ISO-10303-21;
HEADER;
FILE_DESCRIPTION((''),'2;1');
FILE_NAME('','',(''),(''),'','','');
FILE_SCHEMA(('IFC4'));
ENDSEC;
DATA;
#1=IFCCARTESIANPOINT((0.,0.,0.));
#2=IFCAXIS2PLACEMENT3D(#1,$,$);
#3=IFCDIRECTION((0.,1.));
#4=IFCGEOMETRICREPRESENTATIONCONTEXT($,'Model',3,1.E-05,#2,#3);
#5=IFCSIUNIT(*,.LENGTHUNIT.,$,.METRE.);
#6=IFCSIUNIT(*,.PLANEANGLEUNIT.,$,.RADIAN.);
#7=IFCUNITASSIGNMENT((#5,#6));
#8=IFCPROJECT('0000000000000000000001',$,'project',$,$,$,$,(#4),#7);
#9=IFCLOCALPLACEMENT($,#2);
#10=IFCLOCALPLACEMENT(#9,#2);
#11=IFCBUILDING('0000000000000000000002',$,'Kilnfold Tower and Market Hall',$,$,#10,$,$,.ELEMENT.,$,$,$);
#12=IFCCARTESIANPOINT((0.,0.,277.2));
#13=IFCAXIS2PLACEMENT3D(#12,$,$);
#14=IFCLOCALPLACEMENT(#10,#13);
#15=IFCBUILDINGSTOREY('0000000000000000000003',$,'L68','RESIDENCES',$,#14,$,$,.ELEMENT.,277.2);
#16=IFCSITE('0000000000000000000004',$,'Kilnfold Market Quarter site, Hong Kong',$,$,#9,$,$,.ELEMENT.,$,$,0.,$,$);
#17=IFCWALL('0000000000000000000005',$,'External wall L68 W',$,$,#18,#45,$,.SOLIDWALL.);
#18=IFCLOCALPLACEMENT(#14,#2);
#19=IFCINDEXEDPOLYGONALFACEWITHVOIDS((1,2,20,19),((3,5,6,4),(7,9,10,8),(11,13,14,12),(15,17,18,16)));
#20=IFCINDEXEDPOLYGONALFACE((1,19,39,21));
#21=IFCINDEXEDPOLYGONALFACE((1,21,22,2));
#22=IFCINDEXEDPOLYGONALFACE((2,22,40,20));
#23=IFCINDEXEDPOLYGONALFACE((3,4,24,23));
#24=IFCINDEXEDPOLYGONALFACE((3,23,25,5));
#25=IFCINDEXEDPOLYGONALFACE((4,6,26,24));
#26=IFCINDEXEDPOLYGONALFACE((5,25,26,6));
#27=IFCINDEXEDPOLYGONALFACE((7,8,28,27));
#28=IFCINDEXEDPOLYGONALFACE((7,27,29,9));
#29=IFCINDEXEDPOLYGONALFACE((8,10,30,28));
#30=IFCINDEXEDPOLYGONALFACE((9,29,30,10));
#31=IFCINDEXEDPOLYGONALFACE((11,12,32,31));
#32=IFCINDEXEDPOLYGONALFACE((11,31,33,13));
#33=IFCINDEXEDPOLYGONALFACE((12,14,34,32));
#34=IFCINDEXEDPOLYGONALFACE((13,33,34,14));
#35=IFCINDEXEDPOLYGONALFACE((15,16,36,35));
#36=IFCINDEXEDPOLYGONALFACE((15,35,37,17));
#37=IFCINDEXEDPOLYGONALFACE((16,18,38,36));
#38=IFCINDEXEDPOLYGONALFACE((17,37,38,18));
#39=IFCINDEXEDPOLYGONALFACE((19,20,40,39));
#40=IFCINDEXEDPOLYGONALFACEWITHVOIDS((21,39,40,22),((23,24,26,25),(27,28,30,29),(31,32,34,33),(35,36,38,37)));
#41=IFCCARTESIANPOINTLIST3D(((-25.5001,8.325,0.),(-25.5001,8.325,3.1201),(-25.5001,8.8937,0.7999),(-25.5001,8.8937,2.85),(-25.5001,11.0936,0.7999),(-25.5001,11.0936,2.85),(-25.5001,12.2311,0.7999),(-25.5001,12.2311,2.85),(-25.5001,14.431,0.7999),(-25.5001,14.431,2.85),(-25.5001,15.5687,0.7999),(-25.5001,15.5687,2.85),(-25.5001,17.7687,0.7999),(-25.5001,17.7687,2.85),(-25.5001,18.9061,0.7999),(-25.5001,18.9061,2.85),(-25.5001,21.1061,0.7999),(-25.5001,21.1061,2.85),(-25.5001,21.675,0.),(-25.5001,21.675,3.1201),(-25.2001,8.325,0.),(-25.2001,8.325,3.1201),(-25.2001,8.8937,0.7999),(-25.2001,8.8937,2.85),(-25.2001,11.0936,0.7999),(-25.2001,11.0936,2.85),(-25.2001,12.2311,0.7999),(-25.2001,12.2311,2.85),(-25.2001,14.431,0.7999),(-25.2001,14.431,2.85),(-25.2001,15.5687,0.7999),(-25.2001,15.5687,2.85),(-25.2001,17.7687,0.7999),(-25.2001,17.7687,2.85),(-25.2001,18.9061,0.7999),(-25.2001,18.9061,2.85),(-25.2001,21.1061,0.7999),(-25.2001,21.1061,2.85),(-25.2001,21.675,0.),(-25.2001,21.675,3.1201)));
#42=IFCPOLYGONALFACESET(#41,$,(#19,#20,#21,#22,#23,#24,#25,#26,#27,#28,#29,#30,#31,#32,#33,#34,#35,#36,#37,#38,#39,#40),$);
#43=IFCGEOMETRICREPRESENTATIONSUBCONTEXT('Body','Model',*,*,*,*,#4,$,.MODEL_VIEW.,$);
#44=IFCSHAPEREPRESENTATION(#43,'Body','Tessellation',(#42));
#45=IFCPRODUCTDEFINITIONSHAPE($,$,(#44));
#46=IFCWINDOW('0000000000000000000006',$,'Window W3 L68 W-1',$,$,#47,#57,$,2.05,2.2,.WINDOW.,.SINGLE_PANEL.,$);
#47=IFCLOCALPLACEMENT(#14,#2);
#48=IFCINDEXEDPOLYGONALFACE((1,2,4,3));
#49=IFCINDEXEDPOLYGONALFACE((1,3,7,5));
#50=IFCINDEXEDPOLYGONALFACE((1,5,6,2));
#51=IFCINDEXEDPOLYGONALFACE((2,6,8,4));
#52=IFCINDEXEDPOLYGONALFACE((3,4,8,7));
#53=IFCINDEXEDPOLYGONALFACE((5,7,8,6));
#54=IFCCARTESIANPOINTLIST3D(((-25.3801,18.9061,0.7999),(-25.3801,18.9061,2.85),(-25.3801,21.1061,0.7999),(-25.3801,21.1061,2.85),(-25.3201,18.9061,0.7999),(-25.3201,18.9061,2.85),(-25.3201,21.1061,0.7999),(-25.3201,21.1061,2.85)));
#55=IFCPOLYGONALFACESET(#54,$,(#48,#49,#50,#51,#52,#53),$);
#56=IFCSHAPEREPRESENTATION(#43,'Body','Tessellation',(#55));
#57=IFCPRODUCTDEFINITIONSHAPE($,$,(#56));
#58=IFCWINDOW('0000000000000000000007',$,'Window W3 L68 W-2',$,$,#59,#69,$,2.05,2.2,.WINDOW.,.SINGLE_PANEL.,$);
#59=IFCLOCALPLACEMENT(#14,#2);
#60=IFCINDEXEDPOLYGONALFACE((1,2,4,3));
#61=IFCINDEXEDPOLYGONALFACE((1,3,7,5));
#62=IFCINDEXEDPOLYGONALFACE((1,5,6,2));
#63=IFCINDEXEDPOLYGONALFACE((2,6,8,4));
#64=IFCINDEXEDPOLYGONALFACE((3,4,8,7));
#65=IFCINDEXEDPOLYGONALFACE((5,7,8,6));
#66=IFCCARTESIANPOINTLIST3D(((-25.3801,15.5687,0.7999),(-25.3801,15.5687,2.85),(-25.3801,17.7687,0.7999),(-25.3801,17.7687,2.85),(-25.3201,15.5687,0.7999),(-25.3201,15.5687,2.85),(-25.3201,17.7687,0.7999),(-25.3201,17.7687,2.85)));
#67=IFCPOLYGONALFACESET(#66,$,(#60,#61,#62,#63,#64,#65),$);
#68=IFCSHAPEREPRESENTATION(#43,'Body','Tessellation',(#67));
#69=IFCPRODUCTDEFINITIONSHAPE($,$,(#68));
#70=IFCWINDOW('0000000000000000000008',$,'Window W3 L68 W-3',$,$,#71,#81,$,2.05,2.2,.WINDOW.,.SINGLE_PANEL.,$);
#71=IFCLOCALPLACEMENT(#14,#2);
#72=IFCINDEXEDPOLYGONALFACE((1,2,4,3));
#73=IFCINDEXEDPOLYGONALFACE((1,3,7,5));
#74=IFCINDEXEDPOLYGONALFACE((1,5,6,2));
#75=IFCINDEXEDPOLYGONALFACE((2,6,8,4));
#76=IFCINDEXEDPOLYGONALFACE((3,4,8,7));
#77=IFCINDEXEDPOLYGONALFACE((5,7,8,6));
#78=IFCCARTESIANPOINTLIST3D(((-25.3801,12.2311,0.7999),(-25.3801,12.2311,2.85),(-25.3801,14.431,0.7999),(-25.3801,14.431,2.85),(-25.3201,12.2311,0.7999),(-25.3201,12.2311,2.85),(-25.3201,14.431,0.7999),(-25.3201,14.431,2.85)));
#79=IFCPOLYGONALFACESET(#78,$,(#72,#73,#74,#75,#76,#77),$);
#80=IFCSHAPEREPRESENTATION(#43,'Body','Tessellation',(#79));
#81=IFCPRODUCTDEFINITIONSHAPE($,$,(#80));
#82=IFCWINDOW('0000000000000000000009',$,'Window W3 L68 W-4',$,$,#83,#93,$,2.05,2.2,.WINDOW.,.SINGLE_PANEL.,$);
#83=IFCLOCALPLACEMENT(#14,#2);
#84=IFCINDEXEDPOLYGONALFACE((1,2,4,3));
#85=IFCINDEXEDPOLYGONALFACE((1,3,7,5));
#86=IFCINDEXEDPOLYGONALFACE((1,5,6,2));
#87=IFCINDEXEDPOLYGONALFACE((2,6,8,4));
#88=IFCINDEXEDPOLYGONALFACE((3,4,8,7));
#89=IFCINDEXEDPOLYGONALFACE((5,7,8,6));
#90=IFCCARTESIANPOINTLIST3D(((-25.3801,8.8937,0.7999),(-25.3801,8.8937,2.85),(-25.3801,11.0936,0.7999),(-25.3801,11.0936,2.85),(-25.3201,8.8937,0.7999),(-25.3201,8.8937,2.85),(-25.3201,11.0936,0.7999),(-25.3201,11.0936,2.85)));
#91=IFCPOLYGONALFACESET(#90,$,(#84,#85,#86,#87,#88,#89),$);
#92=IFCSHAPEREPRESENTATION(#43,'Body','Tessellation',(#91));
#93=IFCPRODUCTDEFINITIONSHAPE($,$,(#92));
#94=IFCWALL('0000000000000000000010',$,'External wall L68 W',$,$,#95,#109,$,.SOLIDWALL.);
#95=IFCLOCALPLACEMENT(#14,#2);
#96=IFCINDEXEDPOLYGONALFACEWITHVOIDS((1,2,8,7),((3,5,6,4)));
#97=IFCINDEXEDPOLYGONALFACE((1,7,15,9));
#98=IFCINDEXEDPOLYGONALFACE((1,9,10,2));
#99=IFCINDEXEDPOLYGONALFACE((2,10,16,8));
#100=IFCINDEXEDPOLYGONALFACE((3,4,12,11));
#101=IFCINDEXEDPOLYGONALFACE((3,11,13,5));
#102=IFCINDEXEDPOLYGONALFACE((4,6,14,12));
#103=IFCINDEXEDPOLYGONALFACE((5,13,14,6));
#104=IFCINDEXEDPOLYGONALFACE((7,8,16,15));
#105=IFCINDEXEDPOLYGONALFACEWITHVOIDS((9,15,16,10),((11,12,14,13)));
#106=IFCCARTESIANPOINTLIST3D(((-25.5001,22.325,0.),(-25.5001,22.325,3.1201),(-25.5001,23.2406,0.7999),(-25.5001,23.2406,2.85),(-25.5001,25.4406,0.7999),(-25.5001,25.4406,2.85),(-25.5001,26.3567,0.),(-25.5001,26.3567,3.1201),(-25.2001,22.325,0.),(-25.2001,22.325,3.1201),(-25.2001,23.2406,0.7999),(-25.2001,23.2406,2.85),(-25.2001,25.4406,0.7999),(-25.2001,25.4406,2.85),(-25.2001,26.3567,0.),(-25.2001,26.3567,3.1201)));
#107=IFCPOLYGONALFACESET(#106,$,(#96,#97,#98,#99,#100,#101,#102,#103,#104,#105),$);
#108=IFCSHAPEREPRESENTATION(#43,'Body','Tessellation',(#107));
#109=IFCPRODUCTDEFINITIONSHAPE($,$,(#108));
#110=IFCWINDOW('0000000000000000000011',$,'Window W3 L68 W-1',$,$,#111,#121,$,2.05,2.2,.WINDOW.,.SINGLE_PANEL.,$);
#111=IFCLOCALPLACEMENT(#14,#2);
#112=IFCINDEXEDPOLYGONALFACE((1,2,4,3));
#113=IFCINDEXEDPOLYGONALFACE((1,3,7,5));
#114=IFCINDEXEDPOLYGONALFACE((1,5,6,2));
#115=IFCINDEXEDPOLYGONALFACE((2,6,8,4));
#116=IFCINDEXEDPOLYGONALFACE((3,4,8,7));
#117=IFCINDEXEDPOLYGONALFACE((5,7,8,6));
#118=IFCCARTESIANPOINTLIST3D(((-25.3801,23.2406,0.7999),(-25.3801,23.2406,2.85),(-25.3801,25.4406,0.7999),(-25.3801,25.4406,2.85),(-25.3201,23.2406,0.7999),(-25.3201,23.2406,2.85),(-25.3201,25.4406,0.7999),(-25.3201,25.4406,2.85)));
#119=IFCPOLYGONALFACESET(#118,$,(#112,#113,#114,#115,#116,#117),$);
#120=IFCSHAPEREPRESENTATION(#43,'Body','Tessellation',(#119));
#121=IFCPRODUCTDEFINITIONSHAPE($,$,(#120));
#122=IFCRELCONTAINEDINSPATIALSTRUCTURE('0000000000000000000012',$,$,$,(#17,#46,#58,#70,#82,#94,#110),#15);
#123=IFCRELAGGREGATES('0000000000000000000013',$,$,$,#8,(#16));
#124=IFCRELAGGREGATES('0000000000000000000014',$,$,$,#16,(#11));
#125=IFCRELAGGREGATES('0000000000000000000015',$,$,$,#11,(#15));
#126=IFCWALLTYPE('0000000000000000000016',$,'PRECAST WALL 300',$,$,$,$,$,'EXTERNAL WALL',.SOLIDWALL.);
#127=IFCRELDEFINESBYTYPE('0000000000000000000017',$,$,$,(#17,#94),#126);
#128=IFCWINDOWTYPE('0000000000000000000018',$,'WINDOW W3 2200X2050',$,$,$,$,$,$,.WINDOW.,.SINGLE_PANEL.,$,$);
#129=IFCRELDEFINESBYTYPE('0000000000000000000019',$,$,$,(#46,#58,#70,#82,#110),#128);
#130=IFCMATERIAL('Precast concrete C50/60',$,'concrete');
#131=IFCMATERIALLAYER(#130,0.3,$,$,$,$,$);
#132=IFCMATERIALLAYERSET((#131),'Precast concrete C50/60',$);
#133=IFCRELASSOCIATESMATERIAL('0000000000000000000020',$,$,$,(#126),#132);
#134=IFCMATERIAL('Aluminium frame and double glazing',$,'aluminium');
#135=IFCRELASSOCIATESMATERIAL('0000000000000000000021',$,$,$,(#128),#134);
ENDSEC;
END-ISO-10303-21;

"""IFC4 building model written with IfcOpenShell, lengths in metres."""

from ifc_helpers import new_model, si_unit, direction, frame, frame_2d, origin, place, context, subcontext, project, spatial, rectangle, extrude, source, transform, mapped, material, layer, layer_set, type_object, element, fill, save


model = new_model("IFC4")

# Units and contexts
model_context = context("Model", 3, precision=1e-05, world=origin(), true_north=direction((0.0, 1.0)))
body_context = subcontext(model_context, "Body", "Model", "MODEL_VIEW")
ifc_project = project(units=[si_unit("LENGTHUNIT", "METRE"), si_unit("PLANEANGLEUNIT", "RADIAN")], contexts=[model_context])

# Site, building, storey
site_placement = place(None, origin())
site = spatial("IfcSite", under=ifc_project, at=site_placement, Name="Kilnfold Market Quarter site, Hong Kong", CompositionType="ELEMENT", RefElevation=0.0)
building_placement = place(site_placement, origin())
building = spatial("IfcBuilding", under=site, at=building_placement, Name="Kilnfold Tower and Market Hall", CompositionType="ELEMENT")
storey_placement = place(building_placement, frame((0.0, 0.0, 277.2)))
storey = spatial("IfcBuildingStorey", under=building, at=storey_placement, Name="L68", Description="RESIDENCES", CompositionType="ELEMENT", Elevation=277.2)

# Shared definitions
ifc_material_1 = material(Name="Precast concrete C50/60", Category="concrete")
ifc_layer_1 = layer(ifc_material_1, 0.3)
ifc_layer_set_1 = layer_set([ifc_layer_1], Name="Precast concrete C50/60")
wall_type_1 = type_object("IfcWallType", Name="PRECAST WALL 300", ElementType="EXTERNAL WALL", PredefinedType="SOLIDWALL", material=ifc_layer_set_1)
ifc_material_2 = material(Name="Aluminium frame and double glazing", Category="aluminium")
window_type = type_object("IfcWindowType", Name="WINDOW W3 2200X2050", PartitioningType="SINGLE_PANEL", PredefinedType="WINDOW", material=ifc_material_2)

# Wall, openings, windows
shared_shape_1 = source(origin(), body_context, "Body", "SweptSolid", [
    extrude(rectangle(XDim=13.3501, YDim=0.3, at=frame_2d((6.675, 0.0))), origin(), (0.0, 0.0, 1.0), 3.1201),
])
wall_1_placement = place(storey_placement, frame((-25.3501, 21.675, 0.0), z_axis=(0.0, 0.0, 1.0), x_axis=(0.0, -1.0, 0.0)))
wall_1 = element("IfcWall", 1, at=wall_1_placement, inside=storey, type_object=wall_type_1, Name="External wall L68 W", PredefinedType="SOLIDWALL", context=body_context, shape_type="MappedRepresentation", body=[
    mapped(shared_shape_1, transform((0.0, 0.0, 0.0))),
])
opening_1_placement = place(wall_1_placement, frame((0.5688, 0.0, 0.8)))
opening_1 = element("IfcOpeningElement", 2, at=opening_1_placement, cuts=wall_1, PredefinedType="OPENING", context=body_context, shape_type="SweptSolid", body=[
    extrude(rectangle(XDim=2.2, YDim=2.05, at=frame_2d((1.1001, 1.0249))), frame((0.0, 0.1602, 0.0), z_axis=(0.0, -1.0, 0.0), x_axis=(1.0, 0.0, 0.0)), (0.0, 0.0, 1.0), 0.3201),
])
opening_2_placement = place(wall_1_placement, frame((3.9062, 0.0, 0.8)))
opening_2 = element("IfcOpeningElement", 3, at=opening_2_placement, cuts=wall_1, PredefinedType="OPENING", context=body_context, shape_type="SweptSolid", body=[
    extrude(rectangle(XDim=2.2, YDim=2.05, at=frame_2d((1.1001, 1.0249))), frame((0.0, 0.1602, 0.0), z_axis=(0.0, -1.0, 0.0), x_axis=(1.0, 0.0, 0.0)), (0.0, 0.0, 1.0), 0.3201),
])
opening_3_placement = place(wall_1_placement, frame((7.2439, 0.0, 0.8)))
opening_3 = element("IfcOpeningElement", 4, at=opening_3_placement, cuts=wall_1, PredefinedType="OPENING", context=body_context, shape_type="SweptSolid", body=[
    extrude(rectangle(XDim=2.2, YDim=2.05, at=frame_2d((1.1001, 1.0249))), frame((0.0, 0.1602, 0.0), z_axis=(0.0, -1.0, 0.0), x_axis=(1.0, 0.0, 0.0)), (0.0, 0.0, 1.0), 0.3201),
])
opening_4_placement = place(wall_1_placement, frame((10.5813, 0.0, 0.8)))
opening_4 = element("IfcOpeningElement", 5, at=opening_4_placement, cuts=wall_1, PredefinedType="OPENING", context=body_context, shape_type="SweptSolid", body=[
    extrude(rectangle(XDim=2.2, YDim=2.05, at=frame_2d((1.1001, 1.0249))), frame((0.0, 0.1602, 0.0), z_axis=(0.0, -1.0, 0.0), x_axis=(1.0, 0.0, 0.0)), (0.0, 0.0, 1.0), 0.3201),
])
window_1_placement = place(opening_1_placement, origin())
window_1 = element("IfcWindow", 6, at=window_1_placement, inside=storey, type_object=window_type, Name="Window W3 L68 W-1", OverallHeight=2.05, OverallWidth=2.2, PartitioningType="SINGLE_PANEL", PredefinedType="WINDOW", context=body_context, shape_type="SweptSolid", body=[
    extrude(rectangle(XDim=2.2, YDim=2.05, at=frame_2d((1.1001, 1.0249))), frame((0.0, 0.03, 0.0), z_axis=(0.0, -1.0, 0.0), x_axis=(1.0, 0.0, 0.0)), (0.0, 0.0, 1.0), 0.0601),
])
fill(opening_1, window_1)
window_2_placement = place(opening_2_placement, origin())
window_2 = element("IfcWindow", 7, at=window_2_placement, inside=storey, type_object=window_type, Name="Window W3 L68 W-2", OverallHeight=2.05, OverallWidth=2.2, PartitioningType="SINGLE_PANEL", PredefinedType="WINDOW", context=body_context, shape_type="SweptSolid", body=[
    extrude(rectangle(XDim=2.2, YDim=2.05, at=frame_2d((1.1001, 1.0249))), frame((0.0, 0.03, 0.0), z_axis=(0.0, -1.0, 0.0), x_axis=(1.0, 0.0, 0.0)), (0.0, 0.0, 1.0), 0.0601),
])
fill(opening_2, window_2)
window_3_placement = place(opening_3_placement, origin())
window_3 = element("IfcWindow", 8, at=window_3_placement, inside=storey, type_object=window_type, Name="Window W3 L68 W-3", OverallHeight=2.05, OverallWidth=2.2, PartitioningType="SINGLE_PANEL", PredefinedType="WINDOW", context=body_context, shape_type="SweptSolid", body=[
    extrude(rectangle(XDim=2.2, YDim=2.05, at=frame_2d((1.1001, 1.0249))), frame((0.0, 0.03, 0.0), z_axis=(0.0, -1.0, 0.0), x_axis=(1.0, 0.0, 0.0)), (0.0, 0.0, 1.0), 0.0601),
])
fill(opening_3, window_3)
window_4_placement = place(opening_4_placement, origin())
window_4 = element("IfcWindow", 9, at=window_4_placement, inside=storey, type_object=window_type, Name="Window W3 L68 W-4", OverallHeight=2.05, OverallWidth=2.2, PartitioningType="SINGLE_PANEL", PredefinedType="WINDOW", context=body_context, shape_type="SweptSolid", body=[
    extrude(rectangle(XDim=2.2, YDim=2.05, at=frame_2d((1.1001, 1.0249))), frame((0.0, 0.03, 0.0), z_axis=(0.0, -1.0, 0.0), x_axis=(1.0, 0.0, 0.0)), (0.0, 0.0, 1.0), 0.0601),
])
fill(opening_4, window_4)

# Wall, opening, window
shared_shape_2 = source(origin(), body_context, "Body", "SweptSolid", [
    extrude(rectangle(XDim=4.0317, YDim=0.3, at=frame_2d((2.0159, 0.0))), origin(), (0.0, 0.0, 1.0), 3.1201),
])
wall_2_placement = place(storey_placement, frame((-25.3501, 26.3567, 0.0), z_axis=(0.0, 0.0, 1.0), x_axis=(0.0, -1.0, 0.0)))
wall_2 = element("IfcWall", 10, at=wall_2_placement, inside=storey, type_object=wall_type_1, Name="External wall L68 W", PredefinedType="SOLIDWALL", context=body_context, shape_type="MappedRepresentation", body=[
    mapped(shared_shape_2, transform((0.0, 0.0, 0.0))),
])
opening_5_placement = place(wall_2_placement, frame((0.916, 0.0, 0.8)))
opening_5 = element("IfcOpeningElement", 11, at=opening_5_placement, cuts=wall_2, PredefinedType="OPENING", context=body_context, shape_type="SweptSolid", body=[
    extrude(rectangle(XDim=2.2, YDim=2.05, at=frame_2d((1.1001, 1.0249))), frame((0.0, 0.1602, 0.0), z_axis=(0.0, -1.0, 0.0), x_axis=(1.0, 0.0, 0.0)), (0.0, 0.0, 1.0), 0.3201),
])
window_5_placement = place(opening_5_placement, origin())
window_5 = element("IfcWindow", 12, at=window_5_placement, inside=storey, type_object=window_type, Name="Window W3 L68 W-1", OverallHeight=2.05, OverallWidth=2.2, PartitioningType="SINGLE_PANEL", PredefinedType="WINDOW", context=body_context, shape_type="SweptSolid", body=[
    extrude(rectangle(XDim=2.2, YDim=2.05, at=frame_2d((1.1001, 1.0249))), frame((0.0, 0.03, 0.0), z_axis=(0.0, -1.0, 0.0), x_axis=(1.0, 0.0, 0.0)), (0.0, 0.0, 1.0), 0.0601),
])
fill(opening_5, window_5)

save(model, "model.ifc")
